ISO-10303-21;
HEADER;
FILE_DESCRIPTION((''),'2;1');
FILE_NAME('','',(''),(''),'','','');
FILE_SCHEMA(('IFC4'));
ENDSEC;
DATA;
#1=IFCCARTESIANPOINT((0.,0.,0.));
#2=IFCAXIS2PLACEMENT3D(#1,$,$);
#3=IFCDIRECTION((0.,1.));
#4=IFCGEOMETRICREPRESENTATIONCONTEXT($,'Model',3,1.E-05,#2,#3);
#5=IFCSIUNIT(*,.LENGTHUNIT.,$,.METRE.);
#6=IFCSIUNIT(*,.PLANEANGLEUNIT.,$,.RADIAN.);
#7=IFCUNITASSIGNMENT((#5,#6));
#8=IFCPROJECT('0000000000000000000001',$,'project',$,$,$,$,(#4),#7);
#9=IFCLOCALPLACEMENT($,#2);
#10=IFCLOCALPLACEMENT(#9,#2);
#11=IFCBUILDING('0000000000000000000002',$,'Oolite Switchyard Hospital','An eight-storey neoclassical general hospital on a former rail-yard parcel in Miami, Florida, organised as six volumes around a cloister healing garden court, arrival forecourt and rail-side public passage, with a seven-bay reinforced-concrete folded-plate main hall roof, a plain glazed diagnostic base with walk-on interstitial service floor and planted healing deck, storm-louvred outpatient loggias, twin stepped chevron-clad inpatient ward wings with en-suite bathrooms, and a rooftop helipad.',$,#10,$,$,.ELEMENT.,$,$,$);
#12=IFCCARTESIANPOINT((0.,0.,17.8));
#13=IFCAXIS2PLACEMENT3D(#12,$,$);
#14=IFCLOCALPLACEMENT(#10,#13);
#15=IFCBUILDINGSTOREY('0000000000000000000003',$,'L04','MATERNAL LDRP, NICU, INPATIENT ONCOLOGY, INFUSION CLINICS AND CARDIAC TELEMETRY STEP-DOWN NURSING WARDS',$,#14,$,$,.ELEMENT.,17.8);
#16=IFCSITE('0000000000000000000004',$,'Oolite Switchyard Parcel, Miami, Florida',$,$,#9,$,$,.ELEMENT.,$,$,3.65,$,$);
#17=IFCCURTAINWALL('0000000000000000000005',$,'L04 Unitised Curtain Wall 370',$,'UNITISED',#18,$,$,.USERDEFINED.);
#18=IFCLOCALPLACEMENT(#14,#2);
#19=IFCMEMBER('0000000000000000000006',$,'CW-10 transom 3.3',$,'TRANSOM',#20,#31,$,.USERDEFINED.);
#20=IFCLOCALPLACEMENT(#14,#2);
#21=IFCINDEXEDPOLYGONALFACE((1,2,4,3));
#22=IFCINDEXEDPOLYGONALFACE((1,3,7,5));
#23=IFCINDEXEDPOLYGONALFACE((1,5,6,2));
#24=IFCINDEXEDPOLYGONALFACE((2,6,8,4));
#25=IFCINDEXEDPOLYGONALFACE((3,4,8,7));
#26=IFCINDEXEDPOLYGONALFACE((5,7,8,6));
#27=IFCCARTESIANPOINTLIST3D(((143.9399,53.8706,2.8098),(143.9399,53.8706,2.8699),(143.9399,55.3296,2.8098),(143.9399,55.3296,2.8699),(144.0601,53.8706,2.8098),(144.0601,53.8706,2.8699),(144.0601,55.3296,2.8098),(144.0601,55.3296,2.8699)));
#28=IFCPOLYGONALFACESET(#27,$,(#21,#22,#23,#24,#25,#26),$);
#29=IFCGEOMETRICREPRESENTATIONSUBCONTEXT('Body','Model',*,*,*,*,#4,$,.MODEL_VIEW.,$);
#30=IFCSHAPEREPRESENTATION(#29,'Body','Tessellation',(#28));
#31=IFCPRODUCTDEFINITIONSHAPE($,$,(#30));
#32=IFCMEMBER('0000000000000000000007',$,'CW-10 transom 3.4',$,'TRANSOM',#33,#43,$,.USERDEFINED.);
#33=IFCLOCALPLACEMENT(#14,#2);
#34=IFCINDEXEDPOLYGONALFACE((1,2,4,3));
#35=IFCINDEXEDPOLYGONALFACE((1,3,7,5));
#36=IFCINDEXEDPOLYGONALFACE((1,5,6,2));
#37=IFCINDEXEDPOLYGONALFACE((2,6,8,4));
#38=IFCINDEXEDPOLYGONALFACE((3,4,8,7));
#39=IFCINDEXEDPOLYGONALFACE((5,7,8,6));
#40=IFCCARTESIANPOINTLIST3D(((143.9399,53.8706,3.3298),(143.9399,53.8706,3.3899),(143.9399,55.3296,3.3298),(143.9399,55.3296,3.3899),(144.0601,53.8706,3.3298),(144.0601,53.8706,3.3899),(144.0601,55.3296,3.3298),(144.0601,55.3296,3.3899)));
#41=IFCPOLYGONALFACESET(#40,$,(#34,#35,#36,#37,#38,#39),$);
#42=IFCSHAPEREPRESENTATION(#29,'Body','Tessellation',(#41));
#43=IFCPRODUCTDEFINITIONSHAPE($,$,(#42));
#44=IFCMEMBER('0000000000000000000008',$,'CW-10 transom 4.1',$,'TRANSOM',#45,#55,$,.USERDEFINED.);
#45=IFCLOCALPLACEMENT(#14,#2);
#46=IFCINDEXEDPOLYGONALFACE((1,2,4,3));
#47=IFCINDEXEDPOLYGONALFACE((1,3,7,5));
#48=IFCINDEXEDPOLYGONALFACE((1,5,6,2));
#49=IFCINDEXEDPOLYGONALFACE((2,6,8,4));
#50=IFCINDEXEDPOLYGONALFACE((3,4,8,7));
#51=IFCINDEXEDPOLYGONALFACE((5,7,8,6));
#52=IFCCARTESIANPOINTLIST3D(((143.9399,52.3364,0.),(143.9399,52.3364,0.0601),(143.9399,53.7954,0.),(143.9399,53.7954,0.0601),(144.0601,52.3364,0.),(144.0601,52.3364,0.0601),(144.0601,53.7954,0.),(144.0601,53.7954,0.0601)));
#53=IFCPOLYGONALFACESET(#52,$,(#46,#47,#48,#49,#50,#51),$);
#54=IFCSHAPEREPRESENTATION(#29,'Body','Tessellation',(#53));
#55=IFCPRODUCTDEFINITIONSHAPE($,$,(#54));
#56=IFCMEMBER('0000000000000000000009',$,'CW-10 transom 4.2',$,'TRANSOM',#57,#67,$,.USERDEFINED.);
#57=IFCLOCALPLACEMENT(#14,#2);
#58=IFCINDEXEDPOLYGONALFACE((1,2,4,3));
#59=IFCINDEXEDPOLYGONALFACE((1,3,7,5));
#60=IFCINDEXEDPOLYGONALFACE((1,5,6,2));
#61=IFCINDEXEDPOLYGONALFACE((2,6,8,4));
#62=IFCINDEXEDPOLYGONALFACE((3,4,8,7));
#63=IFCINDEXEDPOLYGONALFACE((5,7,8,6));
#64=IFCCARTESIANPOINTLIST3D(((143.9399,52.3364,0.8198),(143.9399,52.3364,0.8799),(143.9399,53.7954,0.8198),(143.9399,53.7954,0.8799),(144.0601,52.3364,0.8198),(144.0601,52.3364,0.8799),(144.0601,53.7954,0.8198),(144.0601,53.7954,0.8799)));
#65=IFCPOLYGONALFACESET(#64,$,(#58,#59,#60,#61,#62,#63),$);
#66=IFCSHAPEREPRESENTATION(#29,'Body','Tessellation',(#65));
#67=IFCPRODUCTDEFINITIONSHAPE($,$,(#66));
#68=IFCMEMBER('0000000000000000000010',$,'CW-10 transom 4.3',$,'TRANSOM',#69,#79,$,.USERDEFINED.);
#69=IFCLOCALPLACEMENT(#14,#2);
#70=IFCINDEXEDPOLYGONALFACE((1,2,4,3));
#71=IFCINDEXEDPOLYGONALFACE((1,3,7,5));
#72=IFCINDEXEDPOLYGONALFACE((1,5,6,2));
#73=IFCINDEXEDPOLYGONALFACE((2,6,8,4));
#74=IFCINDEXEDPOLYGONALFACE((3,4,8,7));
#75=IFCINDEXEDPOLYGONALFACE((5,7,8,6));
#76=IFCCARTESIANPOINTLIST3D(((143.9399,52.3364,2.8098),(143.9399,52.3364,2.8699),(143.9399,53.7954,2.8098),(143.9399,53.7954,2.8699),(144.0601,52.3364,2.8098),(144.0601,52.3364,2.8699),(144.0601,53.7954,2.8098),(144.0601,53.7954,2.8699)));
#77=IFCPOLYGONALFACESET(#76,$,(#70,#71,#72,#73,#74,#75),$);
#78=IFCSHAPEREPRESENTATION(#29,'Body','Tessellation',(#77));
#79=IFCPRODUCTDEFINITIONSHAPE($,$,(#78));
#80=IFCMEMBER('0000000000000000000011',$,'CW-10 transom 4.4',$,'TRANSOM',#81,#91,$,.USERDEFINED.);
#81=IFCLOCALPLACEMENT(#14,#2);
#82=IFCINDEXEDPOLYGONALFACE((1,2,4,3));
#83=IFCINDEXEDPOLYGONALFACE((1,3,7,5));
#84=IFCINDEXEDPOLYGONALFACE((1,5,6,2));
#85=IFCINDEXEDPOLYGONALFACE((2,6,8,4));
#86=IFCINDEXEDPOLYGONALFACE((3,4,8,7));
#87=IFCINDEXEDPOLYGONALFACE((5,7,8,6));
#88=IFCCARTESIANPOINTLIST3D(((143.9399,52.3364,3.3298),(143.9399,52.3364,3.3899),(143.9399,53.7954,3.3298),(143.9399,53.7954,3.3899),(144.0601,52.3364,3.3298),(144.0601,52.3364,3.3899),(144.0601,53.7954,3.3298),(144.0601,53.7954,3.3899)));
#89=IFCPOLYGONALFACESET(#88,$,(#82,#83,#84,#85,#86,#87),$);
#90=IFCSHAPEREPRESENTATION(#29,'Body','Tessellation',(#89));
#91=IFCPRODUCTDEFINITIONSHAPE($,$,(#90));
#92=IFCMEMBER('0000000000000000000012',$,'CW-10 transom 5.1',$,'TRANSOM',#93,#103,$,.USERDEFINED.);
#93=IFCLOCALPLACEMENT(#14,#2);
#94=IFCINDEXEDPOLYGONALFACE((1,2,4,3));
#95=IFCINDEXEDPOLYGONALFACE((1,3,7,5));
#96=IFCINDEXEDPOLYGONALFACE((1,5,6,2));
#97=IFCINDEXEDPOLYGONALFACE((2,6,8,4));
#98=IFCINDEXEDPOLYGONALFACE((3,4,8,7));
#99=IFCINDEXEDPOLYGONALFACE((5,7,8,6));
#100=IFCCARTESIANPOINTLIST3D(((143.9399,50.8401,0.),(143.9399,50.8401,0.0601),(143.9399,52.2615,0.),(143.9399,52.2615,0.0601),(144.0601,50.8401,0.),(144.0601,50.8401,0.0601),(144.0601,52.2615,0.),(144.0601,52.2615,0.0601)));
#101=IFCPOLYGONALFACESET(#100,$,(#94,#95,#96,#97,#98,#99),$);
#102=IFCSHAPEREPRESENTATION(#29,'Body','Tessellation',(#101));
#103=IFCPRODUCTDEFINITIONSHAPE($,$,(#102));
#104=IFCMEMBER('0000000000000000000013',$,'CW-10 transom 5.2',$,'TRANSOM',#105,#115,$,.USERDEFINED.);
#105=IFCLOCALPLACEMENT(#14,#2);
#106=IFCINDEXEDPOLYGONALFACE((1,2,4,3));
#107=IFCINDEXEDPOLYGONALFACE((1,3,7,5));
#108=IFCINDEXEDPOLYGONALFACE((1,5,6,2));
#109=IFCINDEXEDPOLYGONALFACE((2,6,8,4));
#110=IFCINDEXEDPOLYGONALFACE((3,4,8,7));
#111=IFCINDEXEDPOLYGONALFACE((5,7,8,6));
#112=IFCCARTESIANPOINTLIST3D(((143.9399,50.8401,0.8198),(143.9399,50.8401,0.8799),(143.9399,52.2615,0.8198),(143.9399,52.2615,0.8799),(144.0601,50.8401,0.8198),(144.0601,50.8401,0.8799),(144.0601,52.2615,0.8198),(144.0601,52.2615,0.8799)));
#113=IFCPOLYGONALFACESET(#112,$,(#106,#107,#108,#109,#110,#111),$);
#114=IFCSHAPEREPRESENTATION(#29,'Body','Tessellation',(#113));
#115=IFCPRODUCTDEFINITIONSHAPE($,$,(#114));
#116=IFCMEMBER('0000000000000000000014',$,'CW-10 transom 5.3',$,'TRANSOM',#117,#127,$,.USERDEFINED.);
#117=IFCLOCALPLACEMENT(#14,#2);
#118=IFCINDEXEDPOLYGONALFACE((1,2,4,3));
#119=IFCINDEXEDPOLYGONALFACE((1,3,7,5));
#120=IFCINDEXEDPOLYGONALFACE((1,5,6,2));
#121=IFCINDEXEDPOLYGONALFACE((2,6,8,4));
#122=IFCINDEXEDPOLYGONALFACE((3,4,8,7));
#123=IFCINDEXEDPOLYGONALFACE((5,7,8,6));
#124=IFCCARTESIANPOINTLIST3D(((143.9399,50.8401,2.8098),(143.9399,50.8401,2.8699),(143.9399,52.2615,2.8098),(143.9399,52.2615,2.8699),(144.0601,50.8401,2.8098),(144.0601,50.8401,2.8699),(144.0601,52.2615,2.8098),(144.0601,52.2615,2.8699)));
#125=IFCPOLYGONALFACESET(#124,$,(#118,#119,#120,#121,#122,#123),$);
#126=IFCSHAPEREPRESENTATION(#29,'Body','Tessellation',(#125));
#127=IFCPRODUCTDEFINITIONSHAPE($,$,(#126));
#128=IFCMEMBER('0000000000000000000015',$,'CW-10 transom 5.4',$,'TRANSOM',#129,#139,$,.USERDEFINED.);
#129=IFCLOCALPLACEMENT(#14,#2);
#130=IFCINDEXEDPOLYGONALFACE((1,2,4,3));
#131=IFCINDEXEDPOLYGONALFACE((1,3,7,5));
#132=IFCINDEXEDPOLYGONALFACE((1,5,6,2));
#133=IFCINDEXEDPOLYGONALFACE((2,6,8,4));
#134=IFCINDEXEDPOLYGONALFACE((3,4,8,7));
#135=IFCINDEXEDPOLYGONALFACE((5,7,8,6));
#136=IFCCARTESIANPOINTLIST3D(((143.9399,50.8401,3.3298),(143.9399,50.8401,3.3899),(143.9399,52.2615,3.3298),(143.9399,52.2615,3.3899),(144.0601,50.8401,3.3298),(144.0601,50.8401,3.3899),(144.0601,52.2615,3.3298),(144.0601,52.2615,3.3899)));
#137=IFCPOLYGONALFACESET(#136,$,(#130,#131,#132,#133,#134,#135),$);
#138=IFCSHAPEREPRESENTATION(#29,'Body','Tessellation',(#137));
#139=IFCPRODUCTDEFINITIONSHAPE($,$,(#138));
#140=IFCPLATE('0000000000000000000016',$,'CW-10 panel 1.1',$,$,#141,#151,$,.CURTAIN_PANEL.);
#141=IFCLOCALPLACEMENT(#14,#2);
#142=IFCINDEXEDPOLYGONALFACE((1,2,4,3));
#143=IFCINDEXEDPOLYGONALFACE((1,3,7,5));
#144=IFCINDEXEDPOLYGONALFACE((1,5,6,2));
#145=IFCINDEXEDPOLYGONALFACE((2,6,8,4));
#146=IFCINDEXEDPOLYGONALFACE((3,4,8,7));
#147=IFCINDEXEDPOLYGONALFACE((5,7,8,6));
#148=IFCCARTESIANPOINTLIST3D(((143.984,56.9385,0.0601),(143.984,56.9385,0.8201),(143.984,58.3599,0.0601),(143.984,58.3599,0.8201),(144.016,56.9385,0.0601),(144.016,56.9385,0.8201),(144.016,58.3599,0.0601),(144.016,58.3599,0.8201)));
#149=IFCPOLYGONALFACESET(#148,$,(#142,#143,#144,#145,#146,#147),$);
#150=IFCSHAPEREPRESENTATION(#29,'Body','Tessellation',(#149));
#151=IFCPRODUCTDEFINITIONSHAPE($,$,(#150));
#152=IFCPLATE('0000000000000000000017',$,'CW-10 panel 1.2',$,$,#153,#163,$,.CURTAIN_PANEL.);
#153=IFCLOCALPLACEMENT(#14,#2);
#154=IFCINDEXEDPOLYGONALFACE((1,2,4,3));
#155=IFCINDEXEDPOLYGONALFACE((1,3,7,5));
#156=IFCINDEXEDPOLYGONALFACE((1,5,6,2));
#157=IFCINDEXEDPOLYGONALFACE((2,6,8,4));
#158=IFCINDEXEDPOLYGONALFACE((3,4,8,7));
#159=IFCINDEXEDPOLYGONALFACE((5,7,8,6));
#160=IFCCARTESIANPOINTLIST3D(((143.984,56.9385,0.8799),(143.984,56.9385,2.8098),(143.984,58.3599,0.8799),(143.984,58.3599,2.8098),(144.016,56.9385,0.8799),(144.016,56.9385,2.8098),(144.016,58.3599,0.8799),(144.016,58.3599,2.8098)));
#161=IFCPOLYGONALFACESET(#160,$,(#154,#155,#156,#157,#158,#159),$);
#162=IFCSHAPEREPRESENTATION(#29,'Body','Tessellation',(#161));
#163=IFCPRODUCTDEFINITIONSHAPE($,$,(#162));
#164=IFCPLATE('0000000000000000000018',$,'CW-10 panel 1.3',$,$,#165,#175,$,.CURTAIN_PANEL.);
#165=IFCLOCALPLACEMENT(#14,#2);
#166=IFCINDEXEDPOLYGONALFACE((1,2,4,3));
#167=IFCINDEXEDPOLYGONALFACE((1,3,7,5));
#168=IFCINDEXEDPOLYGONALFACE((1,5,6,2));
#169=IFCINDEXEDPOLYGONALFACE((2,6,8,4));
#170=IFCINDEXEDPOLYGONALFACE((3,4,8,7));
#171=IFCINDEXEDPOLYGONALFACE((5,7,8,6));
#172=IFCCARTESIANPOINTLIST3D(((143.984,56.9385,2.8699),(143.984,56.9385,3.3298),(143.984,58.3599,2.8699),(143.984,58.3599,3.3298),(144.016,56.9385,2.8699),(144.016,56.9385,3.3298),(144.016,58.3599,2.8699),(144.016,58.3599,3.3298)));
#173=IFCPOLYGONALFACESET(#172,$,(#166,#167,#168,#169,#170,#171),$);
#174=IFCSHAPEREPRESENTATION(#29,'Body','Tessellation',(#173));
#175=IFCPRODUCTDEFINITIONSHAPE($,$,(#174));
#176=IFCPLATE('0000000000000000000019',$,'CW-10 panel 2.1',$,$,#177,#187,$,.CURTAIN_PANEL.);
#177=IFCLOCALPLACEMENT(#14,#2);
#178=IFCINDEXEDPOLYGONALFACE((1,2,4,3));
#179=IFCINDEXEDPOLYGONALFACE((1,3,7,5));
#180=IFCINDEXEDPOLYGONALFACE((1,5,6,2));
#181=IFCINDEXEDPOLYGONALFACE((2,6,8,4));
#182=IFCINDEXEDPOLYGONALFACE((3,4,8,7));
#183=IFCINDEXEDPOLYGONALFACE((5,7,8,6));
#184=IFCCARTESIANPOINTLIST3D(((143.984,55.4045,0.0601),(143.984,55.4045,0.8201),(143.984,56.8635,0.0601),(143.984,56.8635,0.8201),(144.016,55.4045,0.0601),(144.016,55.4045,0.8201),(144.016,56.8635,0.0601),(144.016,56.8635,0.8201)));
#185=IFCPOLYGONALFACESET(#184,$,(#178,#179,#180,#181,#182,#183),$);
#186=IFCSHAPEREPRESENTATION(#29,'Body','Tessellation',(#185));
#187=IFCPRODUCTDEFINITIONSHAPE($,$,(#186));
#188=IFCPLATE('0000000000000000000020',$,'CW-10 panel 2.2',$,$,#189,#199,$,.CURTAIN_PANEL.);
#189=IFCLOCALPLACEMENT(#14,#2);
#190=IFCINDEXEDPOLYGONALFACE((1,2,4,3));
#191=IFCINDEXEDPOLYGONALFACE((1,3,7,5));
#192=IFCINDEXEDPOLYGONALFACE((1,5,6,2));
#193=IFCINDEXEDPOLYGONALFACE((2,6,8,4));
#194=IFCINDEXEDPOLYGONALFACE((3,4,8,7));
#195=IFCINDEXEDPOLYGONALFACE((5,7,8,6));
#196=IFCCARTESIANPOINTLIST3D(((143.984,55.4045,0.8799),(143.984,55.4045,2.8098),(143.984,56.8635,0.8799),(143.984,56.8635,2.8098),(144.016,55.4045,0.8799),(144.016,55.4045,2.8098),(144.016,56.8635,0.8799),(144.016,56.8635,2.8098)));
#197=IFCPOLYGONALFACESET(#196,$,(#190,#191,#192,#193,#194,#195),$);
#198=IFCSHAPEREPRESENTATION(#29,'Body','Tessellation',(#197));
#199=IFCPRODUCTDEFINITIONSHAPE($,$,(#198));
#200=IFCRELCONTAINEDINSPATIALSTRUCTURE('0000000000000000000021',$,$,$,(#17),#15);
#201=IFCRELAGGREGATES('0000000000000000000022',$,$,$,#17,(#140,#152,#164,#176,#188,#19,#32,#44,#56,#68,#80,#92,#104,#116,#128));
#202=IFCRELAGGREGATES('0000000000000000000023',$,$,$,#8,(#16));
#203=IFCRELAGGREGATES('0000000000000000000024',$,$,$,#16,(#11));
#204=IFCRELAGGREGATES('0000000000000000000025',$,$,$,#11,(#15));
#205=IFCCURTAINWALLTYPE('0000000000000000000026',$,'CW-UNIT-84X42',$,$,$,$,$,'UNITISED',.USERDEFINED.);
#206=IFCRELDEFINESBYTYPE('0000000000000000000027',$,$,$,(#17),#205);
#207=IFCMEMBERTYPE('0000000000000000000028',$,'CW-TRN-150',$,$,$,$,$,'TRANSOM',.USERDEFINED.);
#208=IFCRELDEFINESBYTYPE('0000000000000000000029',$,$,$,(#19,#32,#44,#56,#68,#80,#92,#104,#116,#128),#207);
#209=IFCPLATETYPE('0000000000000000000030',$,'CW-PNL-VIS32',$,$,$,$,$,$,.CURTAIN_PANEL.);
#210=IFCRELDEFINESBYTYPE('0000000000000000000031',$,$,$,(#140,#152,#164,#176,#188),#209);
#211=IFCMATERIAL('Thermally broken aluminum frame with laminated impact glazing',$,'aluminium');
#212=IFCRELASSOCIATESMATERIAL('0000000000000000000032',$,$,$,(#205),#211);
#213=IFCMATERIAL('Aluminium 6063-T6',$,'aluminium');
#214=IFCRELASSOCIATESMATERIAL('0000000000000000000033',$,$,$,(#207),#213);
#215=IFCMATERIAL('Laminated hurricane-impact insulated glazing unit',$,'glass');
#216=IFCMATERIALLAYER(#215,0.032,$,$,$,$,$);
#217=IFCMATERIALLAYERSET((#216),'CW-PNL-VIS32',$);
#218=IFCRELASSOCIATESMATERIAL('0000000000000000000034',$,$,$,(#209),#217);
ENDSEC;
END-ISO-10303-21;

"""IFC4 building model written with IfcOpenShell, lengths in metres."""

from ifc_helpers import new_model, si_unit, direction, frame, origin, origin_2d, place, context, subcontext, project, spatial, rectangle, extrude, material, layer, layer_set, material_profile, profile_set, type_object, element, aggregate, save


model = new_model("IFC4")

# Units and contexts
model_context = context("Model", 3, precision=1e-05, world=origin(), true_north=direction((0.0, 1.0)))
body_context = subcontext(model_context, "Body", "Model", "MODEL_VIEW")
ifc_project = project(units=[si_unit("LENGTHUNIT", "METRE"), si_unit("PLANEANGLEUNIT", "RADIAN")], contexts=[model_context])

# Site, building, storey
site_placement = place(None, origin())
site = spatial("IfcSite", under=ifc_project, at=site_placement, Name="Oolite Switchyard Parcel, Miami, Florida", CompositionType="ELEMENT", RefElevation=3.65)
building_placement = place(site_placement, origin())
building = spatial("IfcBuilding", under=site, at=building_placement, Name="Oolite Switchyard Hospital", Description="An eight-storey neoclassical general hospital on a former rail-yard parcel in Miami, Florida, organised as six volumes around a cloister healing garden court, arrival forecourt and rail-side public passage, with a seven-bay reinforced-concrete folded-plate main hall roof, a plain glazed diagnostic base with walk-on interstitial service floor and planted healing deck, storm-louvred outpatient loggias, twin stepped chevron-clad inpatient ward wings with en-suite bathrooms, and a rooftop helipad.", CompositionType="ELEMENT")
storey_placement = place(building_placement, frame((0.0, 0.0, 17.8)))
storey = spatial("IfcBuildingStorey", under=building, at=storey_placement, Name="L04", Description="MATERNAL LDRP, NICU, INPATIENT ONCOLOGY, INFUSION CLINICS AND CARDIAC TELEMETRY STEP-DOWN NURSING WARDS", CompositionType="ELEMENT", Elevation=17.8)

# Curtain wall, members, plates
ifc_material_1 = material(Name="Thermally broken aluminum frame with laminated impact glazing", Category="aluminium")
curtain_wall_type = type_object("IfcCurtainWallType", Name="CW-UNIT-84X42", ElementType="UNITISED", PredefinedType="USERDEFINED", material=ifc_material_1)
curtain_wall_placement = place(storey_placement, origin())
curtain_wall = element("IfcCurtainWall", 1, at=curtain_wall_placement, inside=storey, type_object=curtain_wall_type, Name="L04 Unitised Curtain Wall 370", ObjectType="UNITISED", PredefinedType="USERDEFINED")
ifc_material_2 = material(Name="Aluminium 6063-T6", Category="aluminium")
ifc_material_profile_1 = material_profile(ifc_material_2, rectangle(XDim=0.1201, YDim=0.0601, at=origin_2d()), Name="CWT60X120")
ifc_profile_set_1 = profile_set([ifc_material_profile_1], Name="Aluminium 6063-T6")
member_type_1 = type_object("IfcMemberType", Name="CW-TRN-150", ElementType="TRANSOM", PredefinedType="USERDEFINED", material=ifc_profile_set_1)
member_1_placement = place(storey_placement, frame((144.0, 55.3296, 2.8398), z_axis=(0.0, -1.0, 0.0), x_axis=(1.0, 0.0, 0.0)))
member_1 = element("IfcMember", 2, at=member_1_placement, type_object=member_type_1, Name="CW-10 transom 3.3", ObjectType="TRANSOM", PredefinedType="USERDEFINED", context=body_context, shape_type="SweptSolid", body=[
    extrude(rectangle(XDim=0.1201, YDim=0.0601, at=origin_2d()), origin(), (0.0, 0.0, 1.0), 1.459),
])
member_2_placement = place(storey_placement, frame((144.0, 55.3296, 3.3599), z_axis=(0.0, -1.0, 0.0), x_axis=(1.0, 0.0, 0.0)))
member_2 = element("IfcMember", 3, at=member_2_placement, type_object=member_type_1, Name="CW-10 transom 3.4", ObjectType="TRANSOM", PredefinedType="USERDEFINED", context=body_context, shape_type="SweptSolid", body=[
    extrude(rectangle(XDim=0.1201, YDim=0.0601, at=origin_2d()), origin(), (0.0, 0.0, 1.0), 1.459),
])
member_3_placement = place(storey_placement, frame((144.0, 53.7954, 0.03), z_axis=(0.0, -1.0, 0.0), x_axis=(1.0, 0.0, 0.0)))
member_3 = element("IfcMember", 4, at=member_3_placement, type_object=member_type_1, Name="CW-10 transom 4.1", ObjectType="TRANSOM", PredefinedType="USERDEFINED", context=body_context, shape_type="SweptSolid", body=[
    extrude(rectangle(XDim=0.1201, YDim=0.0601, at=origin_2d()), origin(), (0.0, 0.0, 1.0), 1.459),
])
member_4_placement = place(storey_placement, frame((144.0, 53.7954, 0.8499), z_axis=(0.0, -1.0, 0.0), x_axis=(1.0, 0.0, 0.0)))
member_4 = element("IfcMember", 5, at=member_4_placement, type_object=member_type_1, Name="CW-10 transom 4.2", ObjectType="TRANSOM", PredefinedType="USERDEFINED", context=body_context, shape_type="SweptSolid", body=[
    extrude(rectangle(XDim=0.1201, YDim=0.0601, at=origin_2d()), origin(), (0.0, 0.0, 1.0), 1.459),
])
member_5_placement = place(storey_placement, frame((144.0, 53.7954, 2.8398), z_axis=(0.0, -1.0, 0.0), x_axis=(1.0, 0.0, 0.0)))
member_5 = element("IfcMember", 6, at=member_5_placement, type_object=member_type_1, Name="CW-10 transom 4.3", ObjectType="TRANSOM", PredefinedType="USERDEFINED", context=body_context, shape_type="SweptSolid", body=[
    extrude(rectangle(XDim=0.1201, YDim=0.0601, at=origin_2d()), origin(), (0.0, 0.0, 1.0), 1.459),
])
member_6_placement = place(storey_placement, frame((144.0, 53.7954, 3.3599), z_axis=(0.0, -1.0, 0.0), x_axis=(1.0, 0.0, 0.0)))
member_6 = element("IfcMember", 7, at=member_6_placement, type_object=member_type_1, Name="CW-10 transom 4.4", ObjectType="TRANSOM", PredefinedType="USERDEFINED", context=body_context, shape_type="SweptSolid", body=[
    extrude(rectangle(XDim=0.1201, YDim=0.0601, at=origin_2d()), origin(), (0.0, 0.0, 1.0), 1.459),
])
member_7_placement = place(storey_placement, frame((144.0, 52.2615, 0.03), z_axis=(0.0, -1.0, 0.0), x_axis=(1.0, 0.0, 0.0)))
member_7 = element("IfcMember", 8, at=member_7_placement, type_object=member_type_1, Name="CW-10 transom 5.1", ObjectType="TRANSOM", PredefinedType="USERDEFINED", context=body_context, shape_type="SweptSolid", body=[
    extrude(rectangle(XDim=0.1201, YDim=0.0601, at=origin_2d()), origin(), (0.0, 0.0, 1.0), 1.4214),
])
member_8_placement = place(storey_placement, frame((144.0, 52.2615, 0.8499), z_axis=(0.0, -1.0, 0.0), x_axis=(1.0, 0.0, 0.0)))
member_8 = element("IfcMember", 9, at=member_8_placement, type_object=member_type_1, Name="CW-10 transom 5.2", ObjectType="TRANSOM", PredefinedType="USERDEFINED", context=body_context, shape_type="SweptSolid", body=[
    extrude(rectangle(XDim=0.1201, YDim=0.0601, at=origin_2d()), origin(), (0.0, 0.0, 1.0), 1.4214),
])
member_9_placement = place(storey_placement, frame((144.0, 52.2615, 2.8398), z_axis=(0.0, -1.0, 0.0), x_axis=(1.0, 0.0, 0.0)))
member_9 = element("IfcMember", 10, at=member_9_placement, type_object=member_type_1, Name="CW-10 transom 5.3", ObjectType="TRANSOM", PredefinedType="USERDEFINED", context=body_context, shape_type="SweptSolid", body=[
    extrude(rectangle(XDim=0.1201, YDim=0.0601, at=origin_2d()), origin(), (0.0, 0.0, 1.0), 1.4214),
])
member_10_placement = place(storey_placement, frame((144.0, 52.2615, 3.3599), z_axis=(0.0, -1.0, 0.0), x_axis=(1.0, 0.0, 0.0)))
member_10 = element("IfcMember", 11, at=member_10_placement, type_object=member_type_1, Name="CW-10 transom 5.4", ObjectType="TRANSOM", PredefinedType="USERDEFINED", context=body_context, shape_type="SweptSolid", body=[
    extrude(rectangle(XDim=0.1201, YDim=0.0601, at=origin_2d()), origin(), (0.0, 0.0, 1.0), 1.4214),
])
ifc_material_3 = material(Name="Laminated hurricane-impact insulated glazing unit", Category="glass")
ifc_layer = layer(ifc_material_3, 0.032)
ifc_layer_set = layer_set([ifc_layer], Name="CW-PNL-VIS32")
plate_type = type_object("IfcPlateType", Name="CW-PNL-VIS32", PredefinedType="CURTAIN_PANEL", material=ifc_layer_set)
plate_1_placement = place(storey_placement, frame((144.0, 57.6492, 0.0601), z_axis=(0.0, 0.0, 1.0), x_axis=(0.0, -1.0, 0.0)))
plate_1 = element("IfcPlate", 12, at=plate_1_placement, type_object=plate_type, Name="CW-10 panel 1.1", PredefinedType="CURTAIN_PANEL", context=body_context, shape_type="SweptSolid", body=[
    extrude(rectangle(XDim=1.4214, YDim=0.032, at=origin_2d()), origin(), (0.0, 0.0, 1.0), 0.76),
])
plate_2_placement = place(storey_placement, frame((144.0, 57.6492, 0.8799), z_axis=(0.0, 0.0, 1.0), x_axis=(0.0, -1.0, 0.0)))
plate_2 = element("IfcPlate", 13, at=plate_2_placement, type_object=plate_type, Name="CW-10 panel 1.2", PredefinedType="CURTAIN_PANEL", context=body_context, shape_type="SweptSolid", body=[
    extrude(rectangle(XDim=1.4214, YDim=0.032, at=origin_2d()), origin(), (0.0, 0.0, 1.0), 1.9299),
])
plate_3_placement = place(storey_placement, frame((144.0, 57.6492, 2.8699), z_axis=(0.0, 0.0, 1.0), x_axis=(0.0, -1.0, 0.0)))
plate_3 = element("IfcPlate", 14, at=plate_3_placement, type_object=plate_type, Name="CW-10 panel 1.3", PredefinedType="CURTAIN_PANEL", context=body_context, shape_type="SweptSolid", body=[
    extrude(rectangle(XDim=1.4214, YDim=0.032, at=origin_2d()), origin(), (0.0, 0.0, 1.0), 0.46),
])
plate_4_placement = place(storey_placement, frame((144.0, 56.134, 0.0601), z_axis=(0.0, 0.0, 1.0), x_axis=(0.0, -1.0, 0.0)))
plate_4 = element("IfcPlate", 15, at=plate_4_placement, type_object=plate_type, Name="CW-10 panel 2.1", PredefinedType="CURTAIN_PANEL", context=body_context, shape_type="SweptSolid", body=[
    extrude(rectangle(XDim=1.459, YDim=0.032, at=origin_2d()), origin(), (0.0, 0.0, 1.0), 0.76),
])
plate_5_placement = place(storey_placement, frame((144.0, 56.134, 0.8799), z_axis=(0.0, 0.0, 1.0), x_axis=(0.0, -1.0, 0.0)))
plate_5 = element("IfcPlate", 16, at=plate_5_placement, type_object=plate_type, Name="CW-10 panel 2.2", PredefinedType="CURTAIN_PANEL", context=body_context, shape_type="SweptSolid", body=[
    extrude(rectangle(XDim=1.459, YDim=0.032, at=origin_2d()), origin(), (0.0, 0.0, 1.0), 1.9299),
])
aggregate(curtain_wall, [plate_1, plate_2, plate_3, plate_4, plate_5, member_1, member_2, member_3, member_4, member_5, member_6, member_7, member_8, member_9, member_10])

save(model, "model.ifc")
